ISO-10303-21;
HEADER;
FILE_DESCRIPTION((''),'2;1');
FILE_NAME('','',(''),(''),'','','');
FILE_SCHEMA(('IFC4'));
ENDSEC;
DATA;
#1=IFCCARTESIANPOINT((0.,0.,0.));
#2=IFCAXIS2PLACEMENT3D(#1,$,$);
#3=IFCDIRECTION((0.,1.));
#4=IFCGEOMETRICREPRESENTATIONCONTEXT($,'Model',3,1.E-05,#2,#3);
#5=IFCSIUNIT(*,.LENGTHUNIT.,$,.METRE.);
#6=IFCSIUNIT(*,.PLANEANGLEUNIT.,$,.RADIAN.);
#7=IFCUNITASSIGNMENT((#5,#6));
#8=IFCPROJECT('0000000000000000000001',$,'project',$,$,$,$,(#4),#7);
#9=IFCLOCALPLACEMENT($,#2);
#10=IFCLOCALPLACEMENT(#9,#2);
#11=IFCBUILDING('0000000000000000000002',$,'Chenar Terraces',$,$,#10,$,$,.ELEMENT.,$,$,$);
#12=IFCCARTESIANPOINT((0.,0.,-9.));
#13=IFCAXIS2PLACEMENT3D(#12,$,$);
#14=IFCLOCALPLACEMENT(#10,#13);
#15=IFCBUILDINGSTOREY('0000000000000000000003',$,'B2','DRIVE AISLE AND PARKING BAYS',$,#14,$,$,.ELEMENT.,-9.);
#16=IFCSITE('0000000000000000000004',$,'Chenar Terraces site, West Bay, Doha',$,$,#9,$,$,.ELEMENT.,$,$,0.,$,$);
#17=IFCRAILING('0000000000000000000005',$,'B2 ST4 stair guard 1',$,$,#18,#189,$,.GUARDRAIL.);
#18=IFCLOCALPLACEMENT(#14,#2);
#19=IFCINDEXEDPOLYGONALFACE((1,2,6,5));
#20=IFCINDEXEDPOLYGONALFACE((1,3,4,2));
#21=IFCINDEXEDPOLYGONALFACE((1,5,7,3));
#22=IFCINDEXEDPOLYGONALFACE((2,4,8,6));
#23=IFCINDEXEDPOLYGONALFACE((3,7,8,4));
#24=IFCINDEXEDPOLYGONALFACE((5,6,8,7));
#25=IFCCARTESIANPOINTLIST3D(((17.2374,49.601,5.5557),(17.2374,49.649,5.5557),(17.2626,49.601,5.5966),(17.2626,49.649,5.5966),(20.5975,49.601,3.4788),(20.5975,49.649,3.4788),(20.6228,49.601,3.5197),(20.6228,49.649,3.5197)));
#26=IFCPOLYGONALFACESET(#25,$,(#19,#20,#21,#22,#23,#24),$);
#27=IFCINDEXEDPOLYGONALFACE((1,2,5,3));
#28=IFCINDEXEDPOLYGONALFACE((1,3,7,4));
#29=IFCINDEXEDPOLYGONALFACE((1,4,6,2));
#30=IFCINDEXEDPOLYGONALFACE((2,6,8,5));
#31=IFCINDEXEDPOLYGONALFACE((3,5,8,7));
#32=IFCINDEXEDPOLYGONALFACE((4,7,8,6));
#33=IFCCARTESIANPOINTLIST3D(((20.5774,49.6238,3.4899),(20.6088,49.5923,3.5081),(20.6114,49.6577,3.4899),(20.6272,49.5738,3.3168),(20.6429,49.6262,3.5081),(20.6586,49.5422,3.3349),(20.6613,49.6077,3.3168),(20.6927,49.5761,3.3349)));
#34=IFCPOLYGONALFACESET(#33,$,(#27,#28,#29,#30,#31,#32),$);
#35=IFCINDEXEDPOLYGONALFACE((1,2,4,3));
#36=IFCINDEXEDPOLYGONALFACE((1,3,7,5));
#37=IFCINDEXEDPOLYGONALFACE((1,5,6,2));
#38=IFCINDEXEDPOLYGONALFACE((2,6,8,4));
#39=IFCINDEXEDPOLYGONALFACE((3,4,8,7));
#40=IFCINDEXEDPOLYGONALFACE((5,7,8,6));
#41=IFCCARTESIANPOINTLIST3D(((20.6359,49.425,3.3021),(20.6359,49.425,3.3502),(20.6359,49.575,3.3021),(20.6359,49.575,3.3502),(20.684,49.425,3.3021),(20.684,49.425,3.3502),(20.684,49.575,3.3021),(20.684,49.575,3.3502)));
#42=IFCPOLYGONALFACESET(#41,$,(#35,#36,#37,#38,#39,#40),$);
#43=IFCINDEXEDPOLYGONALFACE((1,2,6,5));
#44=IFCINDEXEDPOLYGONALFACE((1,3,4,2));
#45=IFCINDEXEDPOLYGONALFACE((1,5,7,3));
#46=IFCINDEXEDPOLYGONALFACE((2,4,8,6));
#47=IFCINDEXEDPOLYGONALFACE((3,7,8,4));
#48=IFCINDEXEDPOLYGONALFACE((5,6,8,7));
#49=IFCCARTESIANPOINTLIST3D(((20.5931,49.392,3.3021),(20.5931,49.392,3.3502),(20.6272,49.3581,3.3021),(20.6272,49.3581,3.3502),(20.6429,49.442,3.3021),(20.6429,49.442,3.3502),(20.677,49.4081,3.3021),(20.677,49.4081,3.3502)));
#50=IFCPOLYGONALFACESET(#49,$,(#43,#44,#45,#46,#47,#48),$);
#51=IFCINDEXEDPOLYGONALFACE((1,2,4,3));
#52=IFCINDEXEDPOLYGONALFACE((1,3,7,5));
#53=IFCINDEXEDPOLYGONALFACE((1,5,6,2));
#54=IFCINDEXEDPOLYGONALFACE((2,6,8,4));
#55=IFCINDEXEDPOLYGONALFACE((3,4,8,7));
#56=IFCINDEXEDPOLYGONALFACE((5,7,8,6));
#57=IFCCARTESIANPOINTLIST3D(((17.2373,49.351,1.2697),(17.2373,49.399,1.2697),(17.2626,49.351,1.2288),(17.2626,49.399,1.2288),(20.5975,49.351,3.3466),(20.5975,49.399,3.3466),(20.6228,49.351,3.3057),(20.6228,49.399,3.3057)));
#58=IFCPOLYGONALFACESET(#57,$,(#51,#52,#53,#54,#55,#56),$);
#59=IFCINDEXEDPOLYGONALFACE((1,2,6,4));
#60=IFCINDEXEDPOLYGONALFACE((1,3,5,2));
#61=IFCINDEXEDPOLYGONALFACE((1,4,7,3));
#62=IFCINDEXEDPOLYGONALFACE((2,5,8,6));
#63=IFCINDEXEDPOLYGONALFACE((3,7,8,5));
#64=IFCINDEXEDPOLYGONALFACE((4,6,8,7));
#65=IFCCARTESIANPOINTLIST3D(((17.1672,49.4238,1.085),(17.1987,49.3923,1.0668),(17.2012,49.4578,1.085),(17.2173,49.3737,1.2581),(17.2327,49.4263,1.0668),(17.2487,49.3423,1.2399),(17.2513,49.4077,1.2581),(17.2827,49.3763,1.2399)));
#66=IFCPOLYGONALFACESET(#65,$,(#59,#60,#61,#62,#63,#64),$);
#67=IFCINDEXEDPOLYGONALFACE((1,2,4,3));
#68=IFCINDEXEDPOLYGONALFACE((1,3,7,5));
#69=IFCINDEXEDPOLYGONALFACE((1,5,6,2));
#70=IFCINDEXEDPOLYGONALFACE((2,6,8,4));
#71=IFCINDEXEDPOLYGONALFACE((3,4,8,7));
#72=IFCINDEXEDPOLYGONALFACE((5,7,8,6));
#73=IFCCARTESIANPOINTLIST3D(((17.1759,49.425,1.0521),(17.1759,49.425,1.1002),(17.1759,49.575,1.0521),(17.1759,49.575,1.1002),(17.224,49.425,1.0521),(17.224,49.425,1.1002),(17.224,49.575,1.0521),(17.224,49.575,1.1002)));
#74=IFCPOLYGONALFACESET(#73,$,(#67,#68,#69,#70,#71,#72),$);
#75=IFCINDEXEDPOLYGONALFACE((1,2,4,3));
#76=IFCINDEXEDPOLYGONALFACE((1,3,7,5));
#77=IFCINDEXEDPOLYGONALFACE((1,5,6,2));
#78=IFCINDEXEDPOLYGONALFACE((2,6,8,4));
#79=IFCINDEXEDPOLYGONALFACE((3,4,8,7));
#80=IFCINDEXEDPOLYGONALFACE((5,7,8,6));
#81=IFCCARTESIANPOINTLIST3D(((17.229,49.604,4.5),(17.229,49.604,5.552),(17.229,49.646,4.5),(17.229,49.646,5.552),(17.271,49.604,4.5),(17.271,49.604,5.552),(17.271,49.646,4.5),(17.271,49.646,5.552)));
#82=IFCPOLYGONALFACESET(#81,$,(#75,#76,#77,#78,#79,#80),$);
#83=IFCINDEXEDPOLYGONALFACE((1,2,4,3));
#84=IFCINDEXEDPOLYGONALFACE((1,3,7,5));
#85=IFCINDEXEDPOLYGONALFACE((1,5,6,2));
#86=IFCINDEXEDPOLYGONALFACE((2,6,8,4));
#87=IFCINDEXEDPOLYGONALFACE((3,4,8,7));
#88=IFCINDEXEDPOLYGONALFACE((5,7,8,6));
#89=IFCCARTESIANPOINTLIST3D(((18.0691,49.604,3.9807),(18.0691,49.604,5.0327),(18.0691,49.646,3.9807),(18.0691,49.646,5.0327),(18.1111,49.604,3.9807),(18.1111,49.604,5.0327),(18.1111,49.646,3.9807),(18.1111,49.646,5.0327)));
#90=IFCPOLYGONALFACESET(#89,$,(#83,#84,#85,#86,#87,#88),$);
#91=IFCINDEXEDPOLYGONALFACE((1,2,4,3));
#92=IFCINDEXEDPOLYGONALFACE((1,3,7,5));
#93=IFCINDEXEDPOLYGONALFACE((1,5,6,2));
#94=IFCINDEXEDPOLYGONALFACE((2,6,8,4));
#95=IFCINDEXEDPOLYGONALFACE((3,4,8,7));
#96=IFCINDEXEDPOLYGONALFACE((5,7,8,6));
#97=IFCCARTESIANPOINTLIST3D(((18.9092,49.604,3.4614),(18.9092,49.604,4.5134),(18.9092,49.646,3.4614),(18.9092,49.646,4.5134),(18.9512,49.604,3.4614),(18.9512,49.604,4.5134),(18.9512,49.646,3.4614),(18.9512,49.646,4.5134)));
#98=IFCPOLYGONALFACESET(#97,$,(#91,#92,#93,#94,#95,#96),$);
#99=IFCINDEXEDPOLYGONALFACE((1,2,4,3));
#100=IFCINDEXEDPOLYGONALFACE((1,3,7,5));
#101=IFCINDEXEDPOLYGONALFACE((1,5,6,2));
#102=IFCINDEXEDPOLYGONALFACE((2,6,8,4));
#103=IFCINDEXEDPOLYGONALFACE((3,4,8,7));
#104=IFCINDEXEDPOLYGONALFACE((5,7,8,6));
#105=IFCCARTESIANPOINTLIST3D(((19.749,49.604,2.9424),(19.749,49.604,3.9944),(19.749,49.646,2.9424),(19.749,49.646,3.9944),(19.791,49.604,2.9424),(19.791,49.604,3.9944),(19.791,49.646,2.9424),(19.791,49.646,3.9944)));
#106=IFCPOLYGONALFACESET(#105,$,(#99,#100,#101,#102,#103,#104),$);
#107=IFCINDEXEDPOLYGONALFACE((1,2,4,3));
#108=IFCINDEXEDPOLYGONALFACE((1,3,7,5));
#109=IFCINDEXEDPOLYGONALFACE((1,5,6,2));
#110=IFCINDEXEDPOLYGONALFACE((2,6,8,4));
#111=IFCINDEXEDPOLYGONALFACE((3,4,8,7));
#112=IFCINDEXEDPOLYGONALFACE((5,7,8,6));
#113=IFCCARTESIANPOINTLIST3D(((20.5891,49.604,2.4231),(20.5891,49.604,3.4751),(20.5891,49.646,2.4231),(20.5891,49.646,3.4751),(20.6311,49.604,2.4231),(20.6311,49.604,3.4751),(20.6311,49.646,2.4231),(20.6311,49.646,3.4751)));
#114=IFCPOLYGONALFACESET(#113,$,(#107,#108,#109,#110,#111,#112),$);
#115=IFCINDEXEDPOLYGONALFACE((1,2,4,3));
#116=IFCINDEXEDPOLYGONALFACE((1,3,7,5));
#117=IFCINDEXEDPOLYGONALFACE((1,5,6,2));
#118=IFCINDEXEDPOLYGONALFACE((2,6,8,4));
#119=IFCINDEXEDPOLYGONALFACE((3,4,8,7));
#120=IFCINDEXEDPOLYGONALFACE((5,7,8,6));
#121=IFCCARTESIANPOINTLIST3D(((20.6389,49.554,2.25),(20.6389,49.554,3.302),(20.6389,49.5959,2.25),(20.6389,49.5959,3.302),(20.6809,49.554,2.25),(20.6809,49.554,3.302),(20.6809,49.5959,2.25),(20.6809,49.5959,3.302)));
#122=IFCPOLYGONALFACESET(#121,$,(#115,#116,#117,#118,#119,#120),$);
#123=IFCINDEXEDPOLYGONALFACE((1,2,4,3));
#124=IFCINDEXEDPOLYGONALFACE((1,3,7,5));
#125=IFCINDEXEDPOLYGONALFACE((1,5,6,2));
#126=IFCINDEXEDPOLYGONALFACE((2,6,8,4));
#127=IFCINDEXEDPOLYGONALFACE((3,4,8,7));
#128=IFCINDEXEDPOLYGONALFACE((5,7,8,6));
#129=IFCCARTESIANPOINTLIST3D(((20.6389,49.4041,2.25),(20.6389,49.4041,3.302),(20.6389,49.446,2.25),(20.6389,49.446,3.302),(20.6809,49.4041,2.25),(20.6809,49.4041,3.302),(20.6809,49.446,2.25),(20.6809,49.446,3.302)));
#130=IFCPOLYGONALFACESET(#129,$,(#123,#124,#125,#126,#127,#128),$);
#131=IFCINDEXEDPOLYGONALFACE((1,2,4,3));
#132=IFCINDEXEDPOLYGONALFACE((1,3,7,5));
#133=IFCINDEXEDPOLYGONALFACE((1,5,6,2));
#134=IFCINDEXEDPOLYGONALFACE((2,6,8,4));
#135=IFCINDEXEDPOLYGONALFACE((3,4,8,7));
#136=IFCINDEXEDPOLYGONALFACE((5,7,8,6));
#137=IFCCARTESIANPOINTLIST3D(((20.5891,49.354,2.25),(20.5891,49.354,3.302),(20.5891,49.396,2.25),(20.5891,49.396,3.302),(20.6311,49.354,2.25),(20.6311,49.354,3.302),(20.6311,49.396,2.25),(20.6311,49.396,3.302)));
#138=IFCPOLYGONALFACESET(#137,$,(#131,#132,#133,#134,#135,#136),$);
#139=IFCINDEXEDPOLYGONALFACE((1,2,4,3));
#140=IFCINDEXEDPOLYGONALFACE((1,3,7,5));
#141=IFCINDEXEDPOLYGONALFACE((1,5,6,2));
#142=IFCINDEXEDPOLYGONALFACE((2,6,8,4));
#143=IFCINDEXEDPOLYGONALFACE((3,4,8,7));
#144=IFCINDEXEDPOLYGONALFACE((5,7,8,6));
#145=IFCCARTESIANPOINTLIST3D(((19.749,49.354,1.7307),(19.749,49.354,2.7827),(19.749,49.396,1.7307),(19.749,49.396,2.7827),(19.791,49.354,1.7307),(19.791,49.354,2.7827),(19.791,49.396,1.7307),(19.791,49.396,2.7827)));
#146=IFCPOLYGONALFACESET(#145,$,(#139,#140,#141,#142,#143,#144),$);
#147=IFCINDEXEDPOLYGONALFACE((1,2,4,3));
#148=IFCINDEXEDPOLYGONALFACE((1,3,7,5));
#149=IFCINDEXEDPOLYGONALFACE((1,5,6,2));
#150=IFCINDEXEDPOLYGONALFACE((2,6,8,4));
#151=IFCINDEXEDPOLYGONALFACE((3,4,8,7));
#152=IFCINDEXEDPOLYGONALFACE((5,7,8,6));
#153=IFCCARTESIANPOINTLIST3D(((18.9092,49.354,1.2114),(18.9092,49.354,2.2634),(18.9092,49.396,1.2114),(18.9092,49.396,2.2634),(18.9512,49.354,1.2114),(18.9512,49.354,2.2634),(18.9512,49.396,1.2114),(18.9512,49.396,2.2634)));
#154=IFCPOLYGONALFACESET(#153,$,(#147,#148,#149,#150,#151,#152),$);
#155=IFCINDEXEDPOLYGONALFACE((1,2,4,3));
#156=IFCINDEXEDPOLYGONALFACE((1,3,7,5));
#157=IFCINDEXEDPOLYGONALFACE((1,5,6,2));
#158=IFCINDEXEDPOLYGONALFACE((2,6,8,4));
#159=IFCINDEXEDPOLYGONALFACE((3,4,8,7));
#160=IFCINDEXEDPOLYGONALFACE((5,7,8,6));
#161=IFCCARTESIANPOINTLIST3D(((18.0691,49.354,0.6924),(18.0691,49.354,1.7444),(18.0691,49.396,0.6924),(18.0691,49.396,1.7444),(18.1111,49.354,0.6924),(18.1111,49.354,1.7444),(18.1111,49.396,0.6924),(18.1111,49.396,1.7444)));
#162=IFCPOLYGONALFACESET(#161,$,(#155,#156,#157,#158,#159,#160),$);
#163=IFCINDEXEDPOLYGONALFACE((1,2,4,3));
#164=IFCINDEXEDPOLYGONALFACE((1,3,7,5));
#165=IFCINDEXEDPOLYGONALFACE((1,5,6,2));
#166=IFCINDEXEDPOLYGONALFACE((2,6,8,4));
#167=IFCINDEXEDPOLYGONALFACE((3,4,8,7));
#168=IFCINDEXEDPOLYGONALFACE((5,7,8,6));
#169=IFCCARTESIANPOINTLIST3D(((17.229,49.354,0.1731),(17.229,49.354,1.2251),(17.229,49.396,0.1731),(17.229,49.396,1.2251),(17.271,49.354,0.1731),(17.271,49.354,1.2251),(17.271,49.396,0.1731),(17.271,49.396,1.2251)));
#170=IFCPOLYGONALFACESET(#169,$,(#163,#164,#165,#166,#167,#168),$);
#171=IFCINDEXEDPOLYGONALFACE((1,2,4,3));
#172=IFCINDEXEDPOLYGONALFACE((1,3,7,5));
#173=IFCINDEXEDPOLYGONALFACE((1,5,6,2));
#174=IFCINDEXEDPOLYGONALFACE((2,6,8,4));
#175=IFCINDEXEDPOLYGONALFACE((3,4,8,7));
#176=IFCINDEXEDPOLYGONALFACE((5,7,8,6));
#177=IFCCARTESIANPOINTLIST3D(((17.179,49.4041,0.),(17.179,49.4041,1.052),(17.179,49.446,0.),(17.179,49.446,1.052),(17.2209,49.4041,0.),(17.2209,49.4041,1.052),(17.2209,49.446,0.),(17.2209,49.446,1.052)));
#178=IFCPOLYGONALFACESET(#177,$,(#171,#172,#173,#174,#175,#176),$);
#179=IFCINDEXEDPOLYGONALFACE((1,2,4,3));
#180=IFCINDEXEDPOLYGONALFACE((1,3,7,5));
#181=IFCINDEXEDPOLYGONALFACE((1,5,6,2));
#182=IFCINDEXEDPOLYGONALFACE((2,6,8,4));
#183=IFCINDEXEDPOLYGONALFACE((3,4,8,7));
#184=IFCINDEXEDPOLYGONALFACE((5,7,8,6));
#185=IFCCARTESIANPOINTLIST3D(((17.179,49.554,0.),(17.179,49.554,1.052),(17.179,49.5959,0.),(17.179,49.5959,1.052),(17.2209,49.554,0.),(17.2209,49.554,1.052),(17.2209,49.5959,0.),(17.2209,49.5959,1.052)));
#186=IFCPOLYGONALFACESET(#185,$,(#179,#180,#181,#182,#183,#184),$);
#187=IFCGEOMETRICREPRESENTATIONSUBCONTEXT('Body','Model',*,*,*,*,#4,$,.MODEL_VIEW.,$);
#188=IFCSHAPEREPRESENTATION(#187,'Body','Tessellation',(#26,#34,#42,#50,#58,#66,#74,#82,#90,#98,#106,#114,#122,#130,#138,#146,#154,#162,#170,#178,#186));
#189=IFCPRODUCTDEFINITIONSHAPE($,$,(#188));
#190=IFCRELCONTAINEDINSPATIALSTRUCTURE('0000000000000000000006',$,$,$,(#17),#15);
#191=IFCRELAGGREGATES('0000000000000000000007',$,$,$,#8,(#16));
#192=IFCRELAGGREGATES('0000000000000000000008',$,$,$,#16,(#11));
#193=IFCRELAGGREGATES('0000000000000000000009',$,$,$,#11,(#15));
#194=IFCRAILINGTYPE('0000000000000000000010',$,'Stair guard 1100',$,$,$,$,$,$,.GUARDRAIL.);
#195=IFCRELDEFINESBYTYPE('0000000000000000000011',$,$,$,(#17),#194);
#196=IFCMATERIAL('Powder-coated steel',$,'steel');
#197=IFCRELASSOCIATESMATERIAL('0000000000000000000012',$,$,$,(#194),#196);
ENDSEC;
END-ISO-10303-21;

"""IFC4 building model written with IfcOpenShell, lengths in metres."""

from ifc_helpers import new_model, si_unit, direction, frame, origin, origin_2d, place, context, subcontext, project, spatial, rectangle, extrude, material, type_object, element, save


model = new_model("IFC4")

# Units and contexts
model_context = context("Model", 3, precision=1e-05, world=origin(), true_north=direction((0.0, 1.0)))
body_context = subcontext(model_context, "Body", "Model", "MODEL_VIEW")
ifc_project = project(units=[si_unit("LENGTHUNIT", "METRE"), si_unit("PLANEANGLEUNIT", "RADIAN")], contexts=[model_context])

# Site, building, storey
site_placement = place(None, origin())
site = spatial("IfcSite", under=ifc_project, at=site_placement, Name="Chenar Terraces site, West Bay, Doha", CompositionType="ELEMENT", RefElevation=0.0)
building_placement = place(site_placement, origin())
building = spatial("IfcBuilding", under=site, at=building_placement, Name="Chenar Terraces", CompositionType="ELEMENT")
storey_placement = place(building_placement, frame((0.0, 0.0, -9.0)))
storey = spatial("IfcBuildingStorey", under=building, at=storey_placement, Name="B2", Description="DRIVE AISLE AND PARKING BAYS", CompositionType="ELEMENT", Elevation=-9.0)

# Railing
ifc_material_1 = material(Name="Powder-coated steel", Category="steel")
railing_type_1 = type_object("IfcRailingType", Name="Stair guard 1100", PredefinedType="GUARDRAIL", material=ifc_material_1)
railing_1_placement = place(storey_placement, frame((17.25, 49.625, 4.5)))
element("IfcRailing", 1, at=railing_1_placement, inside=storey, type_object=railing_type_1, Name="B2 ST4 stair guard 1", PredefinedType="GUARDRAIL", context=body_context, shape_type="SweptSolid", body=[
    extrude(rectangle(XDim=0.0481, YDim=0.0481, at=origin_2d()), frame((0.0, 0.0, 1.0762), z_axis=(0.850623, 0.0, -0.525776), x_axis=(0.0, 1.0, 0.0)), (0.0, 0.0, 1.0), 3.9502),
    extrude(rectangle(XDim=0.0481, YDim=0.0481, at=origin_2d()), frame((3.3601, 0.0, -1.001), z_axis=(0.266417, -0.267723, -0.92593), x_axis=(0.708834, 0.705376, 0.0)), (0.0, 0.0, 1.0), 0.187),
    extrude(rectangle(XDim=0.0481, YDim=0.0481, at=origin_2d()), frame((3.4099, -0.05, -1.1738), z_axis=(0.0, -1.0, 0.0), x_axis=(1.0, 0.0, 0.0)), (0.0, 0.0, 1.0), 0.1499),
    extrude(rectangle(XDim=0.0481, YDim=0.0481, at=origin_2d()), frame((3.4099, -0.2, -1.1738), z_axis=(-0.705376, -0.708834, 0.0), x_axis=(0.708834, -0.705376, 0.0)), (0.0, 0.0, 1.0), 0.0706),
    extrude(rectangle(XDim=0.0481, YDim=0.0481, at=origin_2d()), frame((3.3601, -0.25, -1.1738), z_axis=(-0.850623, 0.0, -0.525776), x_axis=(0.0, -1.0, 0.0)), (0.0, 0.0, 1.0), 3.9502),
    extrude(rectangle(XDim=0.0481, YDim=0.0481, at=origin_2d()), frame((0.0, -0.25, -3.251), z_axis=(-0.26763, 0.26763, -0.925607), x_axis=(-0.707107, -0.707107, 0.0)), (0.0, 0.0, 1.0), 0.187),
    extrude(rectangle(XDim=0.0481, YDim=0.0481, at=origin_2d()), frame((-0.05, -0.2, -3.4238), z_axis=(0.0, 1.0, 0.0), x_axis=(-1.0, 0.0, 0.0)), (0.0, 0.0, 1.0), 0.1499),
    extrude(rectangle(XDim=0.042, YDim=0.042, at=origin_2d()), origin(), (0.0, 0.0, 1.0), 1.052),
    extrude(rectangle(XDim=0.042, YDim=0.042, at=origin_2d()), frame((0.8401, 0.0, -0.5193)), (0.0, 0.0, 1.0), 1.052),
    extrude(rectangle(XDim=0.042, YDim=0.042, at=origin_2d()), frame((1.6802, 0.0, -1.0386)), (0.0, 0.0, 1.0), 1.052),
    extrude(rectangle(XDim=0.042, YDim=0.042, at=origin_2d()), frame((2.52, 0.0, -1.5576)), (0.0, 0.0, 1.0), 1.052),
    extrude(rectangle(XDim=0.042, YDim=0.042, at=origin_2d()), frame((3.3601, 0.0, -2.0769)), (0.0, 0.0, 1.0), 1.052),
    extrude(rectangle(XDim=0.042, YDim=0.042, at=origin_2d()), frame((3.4099, -0.05, -2.25)), (0.0, 0.0, 1.0), 1.052),
    extrude(rectangle(XDim=0.042, YDim=0.042, at=origin_2d()), frame((3.4099, -0.2, -2.25)), (0.0, 0.0, 1.0), 1.052),
    extrude(rectangle(XDim=0.042, YDim=0.042, at=origin_2d()), frame((3.3601, -0.25, -2.25)), (0.0, 0.0, 1.0), 1.052),
    extrude(rectangle(XDim=0.042, YDim=0.042, at=origin_2d()), frame((2.52, -0.25, -2.7693)), (0.0, 0.0, 1.0), 1.052),
    extrude(rectangle(XDim=0.042, YDim=0.042, at=origin_2d()), frame((1.6802, -0.25, -3.2886)), (0.0, 0.0, 1.0), 1.052),
    extrude(rectangle(XDim=0.042, YDim=0.042, at=origin_2d()), frame((0.8401, -0.25, -3.8076)), (0.0, 0.0, 1.0), 1.052),
    extrude(rectangle(XDim=0.042, YDim=0.042, at=origin_2d()), frame((0.0, -0.25, -4.3269)), (0.0, 0.0, 1.0), 1.052),
    extrude(rectangle(XDim=0.042, YDim=0.042, at=origin_2d()), frame((-0.05, -0.2, -4.5)), (0.0, 0.0, 1.0), 1.052),
    extrude(rectangle(XDim=0.042, YDim=0.042, at=origin_2d()), frame((-0.05, -0.05, -4.5)), (0.0, 0.0, 1.0), 1.052),
])

save(model, "model.ifc")
